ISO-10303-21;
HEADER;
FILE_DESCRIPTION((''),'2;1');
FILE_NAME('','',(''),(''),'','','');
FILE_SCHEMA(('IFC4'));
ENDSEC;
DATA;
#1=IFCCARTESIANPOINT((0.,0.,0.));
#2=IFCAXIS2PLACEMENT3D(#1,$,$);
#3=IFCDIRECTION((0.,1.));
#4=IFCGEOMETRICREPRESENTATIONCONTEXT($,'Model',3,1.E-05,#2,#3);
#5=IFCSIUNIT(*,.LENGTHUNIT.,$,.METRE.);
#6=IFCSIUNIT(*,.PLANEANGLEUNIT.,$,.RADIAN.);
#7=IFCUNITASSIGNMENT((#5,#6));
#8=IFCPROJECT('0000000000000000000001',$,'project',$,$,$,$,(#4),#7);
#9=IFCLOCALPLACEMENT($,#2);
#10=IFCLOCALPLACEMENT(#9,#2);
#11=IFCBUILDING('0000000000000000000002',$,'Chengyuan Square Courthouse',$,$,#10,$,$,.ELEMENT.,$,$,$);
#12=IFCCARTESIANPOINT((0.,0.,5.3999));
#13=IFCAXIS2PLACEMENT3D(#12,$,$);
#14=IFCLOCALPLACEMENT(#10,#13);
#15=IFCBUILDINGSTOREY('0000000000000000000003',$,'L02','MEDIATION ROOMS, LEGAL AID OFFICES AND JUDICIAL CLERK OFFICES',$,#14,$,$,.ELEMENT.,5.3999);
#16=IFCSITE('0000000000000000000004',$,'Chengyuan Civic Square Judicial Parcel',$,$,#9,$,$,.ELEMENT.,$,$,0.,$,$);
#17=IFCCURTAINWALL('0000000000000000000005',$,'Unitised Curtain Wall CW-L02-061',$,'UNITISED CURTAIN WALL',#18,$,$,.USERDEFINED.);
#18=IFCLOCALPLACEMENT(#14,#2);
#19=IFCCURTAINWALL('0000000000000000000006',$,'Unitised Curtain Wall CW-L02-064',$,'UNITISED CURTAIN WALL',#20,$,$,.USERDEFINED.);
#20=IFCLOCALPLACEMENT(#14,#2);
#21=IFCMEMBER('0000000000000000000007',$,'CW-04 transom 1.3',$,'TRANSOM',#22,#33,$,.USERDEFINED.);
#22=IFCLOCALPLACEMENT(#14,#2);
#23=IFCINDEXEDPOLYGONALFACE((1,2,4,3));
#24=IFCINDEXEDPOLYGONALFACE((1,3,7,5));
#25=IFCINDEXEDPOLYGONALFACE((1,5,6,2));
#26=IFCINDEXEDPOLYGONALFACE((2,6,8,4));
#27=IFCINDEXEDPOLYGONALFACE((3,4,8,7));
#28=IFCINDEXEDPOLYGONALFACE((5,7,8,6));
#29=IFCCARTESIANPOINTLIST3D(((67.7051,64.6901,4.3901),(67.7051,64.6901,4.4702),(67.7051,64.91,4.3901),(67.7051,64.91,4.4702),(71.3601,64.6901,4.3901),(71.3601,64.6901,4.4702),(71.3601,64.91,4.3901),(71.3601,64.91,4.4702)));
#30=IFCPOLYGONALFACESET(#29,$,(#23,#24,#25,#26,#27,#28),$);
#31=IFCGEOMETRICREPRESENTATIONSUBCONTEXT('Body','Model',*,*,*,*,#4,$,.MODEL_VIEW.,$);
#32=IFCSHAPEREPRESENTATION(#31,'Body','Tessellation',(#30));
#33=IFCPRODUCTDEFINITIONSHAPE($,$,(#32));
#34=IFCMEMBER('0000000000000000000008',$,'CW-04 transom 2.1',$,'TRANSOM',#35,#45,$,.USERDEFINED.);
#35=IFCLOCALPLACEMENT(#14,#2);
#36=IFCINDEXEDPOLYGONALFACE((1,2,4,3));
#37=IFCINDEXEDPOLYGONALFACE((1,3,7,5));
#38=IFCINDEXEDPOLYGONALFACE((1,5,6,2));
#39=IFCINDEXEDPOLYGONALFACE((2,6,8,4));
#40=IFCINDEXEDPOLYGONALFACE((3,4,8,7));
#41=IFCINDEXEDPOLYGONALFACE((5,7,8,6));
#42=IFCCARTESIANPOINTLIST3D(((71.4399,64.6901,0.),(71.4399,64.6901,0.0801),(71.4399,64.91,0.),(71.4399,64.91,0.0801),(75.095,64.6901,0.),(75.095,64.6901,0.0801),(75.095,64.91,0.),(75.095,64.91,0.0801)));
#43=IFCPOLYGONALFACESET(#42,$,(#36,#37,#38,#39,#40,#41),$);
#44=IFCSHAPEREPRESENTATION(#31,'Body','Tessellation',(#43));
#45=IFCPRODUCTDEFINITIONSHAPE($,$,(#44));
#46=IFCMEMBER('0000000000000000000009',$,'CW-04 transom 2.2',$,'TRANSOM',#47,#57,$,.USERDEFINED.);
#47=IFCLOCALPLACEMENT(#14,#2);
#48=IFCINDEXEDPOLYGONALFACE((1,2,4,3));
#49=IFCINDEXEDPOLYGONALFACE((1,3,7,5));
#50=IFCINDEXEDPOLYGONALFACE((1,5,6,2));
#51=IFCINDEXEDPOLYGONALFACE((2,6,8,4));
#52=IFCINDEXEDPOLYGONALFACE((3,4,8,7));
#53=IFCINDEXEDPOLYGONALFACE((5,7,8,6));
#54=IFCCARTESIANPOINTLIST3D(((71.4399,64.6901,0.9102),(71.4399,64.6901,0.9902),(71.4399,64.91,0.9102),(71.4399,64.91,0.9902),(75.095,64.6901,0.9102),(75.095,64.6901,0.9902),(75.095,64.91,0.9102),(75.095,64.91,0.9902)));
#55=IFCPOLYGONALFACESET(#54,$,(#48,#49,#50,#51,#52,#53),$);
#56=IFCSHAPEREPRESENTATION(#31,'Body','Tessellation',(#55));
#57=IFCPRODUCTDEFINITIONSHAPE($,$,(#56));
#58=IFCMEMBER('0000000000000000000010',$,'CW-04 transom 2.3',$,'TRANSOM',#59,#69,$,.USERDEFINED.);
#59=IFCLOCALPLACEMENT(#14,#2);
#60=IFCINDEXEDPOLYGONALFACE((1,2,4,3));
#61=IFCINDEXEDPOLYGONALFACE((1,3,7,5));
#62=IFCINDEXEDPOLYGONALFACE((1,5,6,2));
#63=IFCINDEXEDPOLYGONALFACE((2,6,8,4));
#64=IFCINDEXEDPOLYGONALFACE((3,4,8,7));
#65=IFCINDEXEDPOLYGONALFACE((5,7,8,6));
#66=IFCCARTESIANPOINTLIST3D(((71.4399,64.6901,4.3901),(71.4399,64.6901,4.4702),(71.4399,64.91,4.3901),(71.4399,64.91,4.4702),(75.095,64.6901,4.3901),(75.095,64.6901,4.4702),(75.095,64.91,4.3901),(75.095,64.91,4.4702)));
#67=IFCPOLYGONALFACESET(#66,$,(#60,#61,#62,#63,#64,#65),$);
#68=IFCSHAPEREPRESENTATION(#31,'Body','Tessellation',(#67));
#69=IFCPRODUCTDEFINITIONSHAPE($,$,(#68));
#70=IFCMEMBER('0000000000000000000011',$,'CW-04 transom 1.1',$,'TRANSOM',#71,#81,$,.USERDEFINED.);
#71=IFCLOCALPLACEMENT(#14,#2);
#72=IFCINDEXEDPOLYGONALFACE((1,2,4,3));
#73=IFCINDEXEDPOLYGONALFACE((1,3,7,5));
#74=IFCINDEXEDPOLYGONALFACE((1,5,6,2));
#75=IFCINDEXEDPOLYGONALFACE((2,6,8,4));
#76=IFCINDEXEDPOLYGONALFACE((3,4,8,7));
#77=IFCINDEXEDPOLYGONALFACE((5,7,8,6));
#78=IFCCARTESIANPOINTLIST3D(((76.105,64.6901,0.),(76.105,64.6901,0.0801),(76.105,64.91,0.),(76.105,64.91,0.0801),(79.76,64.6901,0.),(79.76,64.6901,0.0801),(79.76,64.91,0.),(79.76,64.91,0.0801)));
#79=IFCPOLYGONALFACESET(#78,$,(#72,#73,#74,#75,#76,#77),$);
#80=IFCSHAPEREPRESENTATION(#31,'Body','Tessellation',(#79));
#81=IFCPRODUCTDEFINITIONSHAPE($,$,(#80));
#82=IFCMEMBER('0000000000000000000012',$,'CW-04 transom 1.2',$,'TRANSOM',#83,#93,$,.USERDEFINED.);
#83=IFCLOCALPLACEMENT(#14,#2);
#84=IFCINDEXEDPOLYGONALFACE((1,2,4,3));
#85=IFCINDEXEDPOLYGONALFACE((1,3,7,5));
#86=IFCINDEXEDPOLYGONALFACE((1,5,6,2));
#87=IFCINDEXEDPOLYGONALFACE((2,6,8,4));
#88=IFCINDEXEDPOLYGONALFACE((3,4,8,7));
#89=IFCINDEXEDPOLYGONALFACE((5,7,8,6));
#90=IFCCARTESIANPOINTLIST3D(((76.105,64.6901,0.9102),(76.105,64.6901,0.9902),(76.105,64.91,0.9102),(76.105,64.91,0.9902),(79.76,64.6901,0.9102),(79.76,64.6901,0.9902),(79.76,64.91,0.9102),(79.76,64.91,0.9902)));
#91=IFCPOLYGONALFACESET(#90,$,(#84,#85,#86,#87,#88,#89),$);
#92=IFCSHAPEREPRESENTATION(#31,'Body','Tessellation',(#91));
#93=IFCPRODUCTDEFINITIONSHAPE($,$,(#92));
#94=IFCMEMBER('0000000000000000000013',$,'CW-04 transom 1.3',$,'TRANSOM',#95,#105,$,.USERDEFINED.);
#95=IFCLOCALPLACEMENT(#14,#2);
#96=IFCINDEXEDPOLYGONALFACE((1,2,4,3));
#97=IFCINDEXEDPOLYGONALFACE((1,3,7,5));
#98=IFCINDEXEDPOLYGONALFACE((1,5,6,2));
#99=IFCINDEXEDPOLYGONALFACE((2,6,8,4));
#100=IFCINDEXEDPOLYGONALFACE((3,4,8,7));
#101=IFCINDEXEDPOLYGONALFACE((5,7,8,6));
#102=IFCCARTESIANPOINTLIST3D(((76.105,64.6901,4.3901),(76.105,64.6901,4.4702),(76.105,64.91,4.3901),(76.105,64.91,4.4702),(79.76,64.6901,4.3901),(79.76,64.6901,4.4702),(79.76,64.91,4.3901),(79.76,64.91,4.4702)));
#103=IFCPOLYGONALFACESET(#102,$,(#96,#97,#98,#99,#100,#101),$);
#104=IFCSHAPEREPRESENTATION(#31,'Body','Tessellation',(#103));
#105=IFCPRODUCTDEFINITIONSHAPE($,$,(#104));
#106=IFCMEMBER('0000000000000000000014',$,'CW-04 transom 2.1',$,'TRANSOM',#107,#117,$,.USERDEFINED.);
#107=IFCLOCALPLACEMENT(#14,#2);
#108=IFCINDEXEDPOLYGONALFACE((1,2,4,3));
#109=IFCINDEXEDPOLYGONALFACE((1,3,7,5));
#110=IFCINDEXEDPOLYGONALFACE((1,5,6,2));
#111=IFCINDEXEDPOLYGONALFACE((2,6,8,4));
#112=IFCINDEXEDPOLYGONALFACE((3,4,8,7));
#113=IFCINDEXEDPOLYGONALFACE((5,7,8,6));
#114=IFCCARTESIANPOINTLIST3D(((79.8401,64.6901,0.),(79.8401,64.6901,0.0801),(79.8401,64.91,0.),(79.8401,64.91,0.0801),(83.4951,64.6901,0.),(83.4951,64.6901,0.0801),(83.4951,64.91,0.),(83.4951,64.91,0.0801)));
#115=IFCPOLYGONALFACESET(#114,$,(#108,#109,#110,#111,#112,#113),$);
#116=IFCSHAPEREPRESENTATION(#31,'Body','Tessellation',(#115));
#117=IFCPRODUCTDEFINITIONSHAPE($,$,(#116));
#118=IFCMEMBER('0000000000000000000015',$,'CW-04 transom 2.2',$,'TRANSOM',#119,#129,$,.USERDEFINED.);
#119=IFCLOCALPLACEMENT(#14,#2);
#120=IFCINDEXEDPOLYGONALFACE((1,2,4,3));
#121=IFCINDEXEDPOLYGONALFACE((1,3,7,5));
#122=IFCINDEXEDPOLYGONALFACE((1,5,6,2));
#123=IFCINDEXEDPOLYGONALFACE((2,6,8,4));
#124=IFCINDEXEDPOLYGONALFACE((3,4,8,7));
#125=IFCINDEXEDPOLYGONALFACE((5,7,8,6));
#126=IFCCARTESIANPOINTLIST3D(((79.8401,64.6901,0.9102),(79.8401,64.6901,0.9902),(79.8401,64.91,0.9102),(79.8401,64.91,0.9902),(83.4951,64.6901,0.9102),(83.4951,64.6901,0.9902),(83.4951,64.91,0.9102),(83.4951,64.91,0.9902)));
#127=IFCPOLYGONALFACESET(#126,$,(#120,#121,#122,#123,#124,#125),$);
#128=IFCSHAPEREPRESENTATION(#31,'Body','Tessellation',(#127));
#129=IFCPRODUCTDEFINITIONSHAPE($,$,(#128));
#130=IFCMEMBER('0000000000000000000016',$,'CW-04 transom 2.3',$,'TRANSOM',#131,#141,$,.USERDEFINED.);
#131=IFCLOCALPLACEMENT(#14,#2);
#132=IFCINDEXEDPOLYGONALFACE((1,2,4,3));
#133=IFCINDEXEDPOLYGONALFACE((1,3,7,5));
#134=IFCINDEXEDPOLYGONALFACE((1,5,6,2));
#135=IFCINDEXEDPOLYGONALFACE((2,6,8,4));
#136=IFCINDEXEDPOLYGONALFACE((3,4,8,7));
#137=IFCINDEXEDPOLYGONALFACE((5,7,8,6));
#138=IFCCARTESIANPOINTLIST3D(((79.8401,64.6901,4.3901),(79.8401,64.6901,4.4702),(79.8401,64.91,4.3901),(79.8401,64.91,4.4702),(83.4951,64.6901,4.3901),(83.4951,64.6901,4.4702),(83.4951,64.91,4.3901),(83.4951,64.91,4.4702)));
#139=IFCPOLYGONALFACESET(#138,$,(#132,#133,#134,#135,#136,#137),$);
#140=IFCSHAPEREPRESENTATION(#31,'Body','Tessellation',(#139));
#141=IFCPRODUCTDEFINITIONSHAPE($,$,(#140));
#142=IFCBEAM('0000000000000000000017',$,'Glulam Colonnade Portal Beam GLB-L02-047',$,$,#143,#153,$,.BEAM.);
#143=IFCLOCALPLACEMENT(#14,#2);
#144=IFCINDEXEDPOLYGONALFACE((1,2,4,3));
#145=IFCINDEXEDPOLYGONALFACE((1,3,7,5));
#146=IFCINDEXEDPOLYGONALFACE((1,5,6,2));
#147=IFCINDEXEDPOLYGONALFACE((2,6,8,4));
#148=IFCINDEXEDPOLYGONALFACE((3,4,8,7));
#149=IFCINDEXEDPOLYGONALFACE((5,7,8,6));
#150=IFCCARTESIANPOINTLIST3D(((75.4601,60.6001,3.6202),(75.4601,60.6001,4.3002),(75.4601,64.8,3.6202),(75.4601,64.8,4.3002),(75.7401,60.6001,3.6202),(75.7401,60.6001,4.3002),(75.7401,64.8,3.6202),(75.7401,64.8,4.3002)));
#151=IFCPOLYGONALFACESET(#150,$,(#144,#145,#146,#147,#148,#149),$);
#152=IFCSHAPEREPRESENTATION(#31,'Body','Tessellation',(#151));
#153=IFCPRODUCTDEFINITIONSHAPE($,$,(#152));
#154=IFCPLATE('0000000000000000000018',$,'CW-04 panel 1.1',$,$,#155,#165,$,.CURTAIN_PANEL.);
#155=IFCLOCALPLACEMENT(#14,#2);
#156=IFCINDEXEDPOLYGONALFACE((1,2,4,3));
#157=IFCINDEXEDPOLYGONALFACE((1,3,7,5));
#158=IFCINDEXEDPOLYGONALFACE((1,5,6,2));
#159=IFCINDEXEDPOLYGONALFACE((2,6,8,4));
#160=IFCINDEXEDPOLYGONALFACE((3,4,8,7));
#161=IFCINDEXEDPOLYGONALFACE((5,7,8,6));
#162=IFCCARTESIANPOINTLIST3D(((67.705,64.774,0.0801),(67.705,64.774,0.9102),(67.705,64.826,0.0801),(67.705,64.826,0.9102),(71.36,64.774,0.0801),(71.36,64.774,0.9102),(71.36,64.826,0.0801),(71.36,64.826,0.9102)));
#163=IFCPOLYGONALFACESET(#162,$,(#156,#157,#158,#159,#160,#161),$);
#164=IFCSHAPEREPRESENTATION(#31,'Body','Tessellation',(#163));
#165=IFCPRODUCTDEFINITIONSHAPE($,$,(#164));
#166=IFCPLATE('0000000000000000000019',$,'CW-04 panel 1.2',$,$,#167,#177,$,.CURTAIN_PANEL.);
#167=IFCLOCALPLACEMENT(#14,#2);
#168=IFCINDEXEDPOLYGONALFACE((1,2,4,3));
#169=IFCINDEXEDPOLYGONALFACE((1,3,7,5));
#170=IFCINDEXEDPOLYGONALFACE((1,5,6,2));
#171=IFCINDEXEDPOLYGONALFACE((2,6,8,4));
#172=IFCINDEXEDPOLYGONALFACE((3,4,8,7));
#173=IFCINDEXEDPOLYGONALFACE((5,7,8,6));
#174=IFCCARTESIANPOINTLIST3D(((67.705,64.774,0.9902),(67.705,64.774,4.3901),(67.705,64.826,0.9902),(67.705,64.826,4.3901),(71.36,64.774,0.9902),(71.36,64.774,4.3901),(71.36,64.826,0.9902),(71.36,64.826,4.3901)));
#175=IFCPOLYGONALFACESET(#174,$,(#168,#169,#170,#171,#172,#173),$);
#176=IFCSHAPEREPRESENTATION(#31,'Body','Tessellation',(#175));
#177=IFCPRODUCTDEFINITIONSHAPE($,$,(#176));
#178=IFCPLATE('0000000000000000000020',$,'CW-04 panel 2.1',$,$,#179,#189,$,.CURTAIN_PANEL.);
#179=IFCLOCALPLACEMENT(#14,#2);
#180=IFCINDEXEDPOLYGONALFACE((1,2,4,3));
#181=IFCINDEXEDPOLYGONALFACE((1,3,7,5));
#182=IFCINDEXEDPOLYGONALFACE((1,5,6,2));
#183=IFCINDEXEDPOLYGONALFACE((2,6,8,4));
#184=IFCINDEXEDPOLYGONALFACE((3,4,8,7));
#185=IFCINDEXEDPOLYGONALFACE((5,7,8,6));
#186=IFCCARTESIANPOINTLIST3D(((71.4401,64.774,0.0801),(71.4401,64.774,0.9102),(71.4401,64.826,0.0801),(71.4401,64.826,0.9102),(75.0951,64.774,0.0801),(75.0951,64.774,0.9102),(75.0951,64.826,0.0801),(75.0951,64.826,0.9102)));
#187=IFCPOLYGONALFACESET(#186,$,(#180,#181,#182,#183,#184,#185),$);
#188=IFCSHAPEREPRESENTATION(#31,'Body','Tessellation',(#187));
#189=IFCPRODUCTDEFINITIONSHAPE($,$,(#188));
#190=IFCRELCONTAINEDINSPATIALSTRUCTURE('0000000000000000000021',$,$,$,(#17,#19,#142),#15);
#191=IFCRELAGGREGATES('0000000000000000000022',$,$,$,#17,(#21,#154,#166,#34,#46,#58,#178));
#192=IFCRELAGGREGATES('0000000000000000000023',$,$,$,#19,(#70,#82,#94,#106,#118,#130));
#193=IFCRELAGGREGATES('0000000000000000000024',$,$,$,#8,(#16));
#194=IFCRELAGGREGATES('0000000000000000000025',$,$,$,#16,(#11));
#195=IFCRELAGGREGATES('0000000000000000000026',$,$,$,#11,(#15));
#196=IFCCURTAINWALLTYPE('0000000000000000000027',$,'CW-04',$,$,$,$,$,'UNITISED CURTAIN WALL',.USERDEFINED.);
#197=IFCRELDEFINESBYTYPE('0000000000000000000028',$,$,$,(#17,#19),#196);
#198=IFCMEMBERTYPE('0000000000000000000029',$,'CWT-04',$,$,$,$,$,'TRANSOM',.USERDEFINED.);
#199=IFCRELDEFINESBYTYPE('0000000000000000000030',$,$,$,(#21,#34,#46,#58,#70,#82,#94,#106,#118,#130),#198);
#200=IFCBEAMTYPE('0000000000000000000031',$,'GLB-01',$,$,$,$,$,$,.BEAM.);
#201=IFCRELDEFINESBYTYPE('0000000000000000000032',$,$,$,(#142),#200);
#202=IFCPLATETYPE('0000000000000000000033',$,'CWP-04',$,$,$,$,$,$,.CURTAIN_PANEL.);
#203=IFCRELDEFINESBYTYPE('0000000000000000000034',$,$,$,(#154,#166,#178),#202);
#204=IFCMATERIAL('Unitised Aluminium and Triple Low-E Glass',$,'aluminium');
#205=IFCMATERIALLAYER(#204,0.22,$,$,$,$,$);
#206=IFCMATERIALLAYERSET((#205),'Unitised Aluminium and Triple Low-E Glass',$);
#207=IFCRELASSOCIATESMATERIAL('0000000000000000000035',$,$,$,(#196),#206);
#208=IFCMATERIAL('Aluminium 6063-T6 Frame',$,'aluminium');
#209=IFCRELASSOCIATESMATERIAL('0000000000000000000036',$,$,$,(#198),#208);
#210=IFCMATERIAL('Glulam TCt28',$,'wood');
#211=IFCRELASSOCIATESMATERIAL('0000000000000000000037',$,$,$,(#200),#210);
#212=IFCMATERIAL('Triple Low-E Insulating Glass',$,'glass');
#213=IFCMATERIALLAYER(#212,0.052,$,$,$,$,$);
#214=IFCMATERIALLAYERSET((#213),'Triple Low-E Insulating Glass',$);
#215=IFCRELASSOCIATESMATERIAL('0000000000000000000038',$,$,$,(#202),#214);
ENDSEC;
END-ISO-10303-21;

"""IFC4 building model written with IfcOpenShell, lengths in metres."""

from ifc_helpers import new_model, si_unit, direction, frame, origin, origin_2d, place, context, subcontext, project, spatial, rectangle, extrude, material, layer, layer_set, material_profile, profile_set, type_object, element, aggregate, save


model = new_model("IFC4")

# Units and contexts
model_context = context("Model", 3, precision=1e-05, world=origin(), true_north=direction((0.0, 1.0)))
body_context = subcontext(model_context, "Body", "Model", "MODEL_VIEW")
ifc_project = project(units=[si_unit("LENGTHUNIT", "METRE"), si_unit("PLANEANGLEUNIT", "RADIAN")], contexts=[model_context])

# Site, building, storey
site_placement = place(None, origin())
site = spatial("IfcSite", under=ifc_project, at=site_placement, Name="Chengyuan Civic Square Judicial Parcel", CompositionType="ELEMENT", RefElevation=0.0)
building_placement = place(site_placement, origin())
building = spatial("IfcBuilding", under=site, at=building_placement, Name="Chengyuan Square Courthouse", CompositionType="ELEMENT")
storey_placement = place(building_placement, frame((0.0, 0.0, 5.3999)))
storey = spatial("IfcBuildingStorey", under=building, at=storey_placement, Name="L02", Description="MEDIATION ROOMS, LEGAL AID OFFICES AND JUDICIAL CLERK OFFICES", CompositionType="ELEMENT", Elevation=5.3999)

# Shared definitions
ifc_material_1 = material(Name="Unitised Aluminium and Triple Low-E Glass", Category="aluminium")
ifc_material_2 = material(Name="Aluminium 6063-T6 Frame", Category="aluminium")

# Curtain walls
ifc_layer_1 = layer(ifc_material_1, 0.22)
ifc_layer_set_1 = layer_set([ifc_layer_1], Name="Unitised Aluminium and Triple Low-E Glass")
curtain_wall_type_1 = type_object("IfcCurtainWallType", Name="CW-04", ElementType="UNITISED CURTAIN WALL", PredefinedType="USERDEFINED", material=ifc_layer_set_1)
curtain_wall_1_placement = place(storey_placement, origin())
curtain_wall_1 = element("IfcCurtainWall", 1, at=curtain_wall_1_placement, inside=storey, type_object=curtain_wall_type_1, Name="Unitised Curtain Wall CW-L02-061", ObjectType="UNITISED CURTAIN WALL", PredefinedType="USERDEFINED")
curtain_wall_2_placement = place(storey_placement, origin())
curtain_wall_2 = element("IfcCurtainWall", 2, at=curtain_wall_2_placement, inside=storey, type_object=curtain_wall_type_1, Name="Unitised Curtain Wall CW-L02-064", ObjectType="UNITISED CURTAIN WALL", PredefinedType="USERDEFINED")

# Members
ifc_material_profile_1 = material_profile(ifc_material_2, rectangle(XDim=0.22, YDim=0.0801, at=origin_2d()), Name="CW-TRN-80x180")
ifc_profile_set_1 = profile_set([ifc_material_profile_1], Name="Aluminium 6063-T6 Frame")
member_type_1 = type_object("IfcMemberType", Name="CWT-04", ElementType="TRANSOM", PredefinedType="USERDEFINED", material=ifc_profile_set_1)
member_1_placement = place(storey_placement, frame((67.7051, 64.8, 4.4302), z_axis=(1.0, 0.0, 0.0), x_axis=(0.0, 1.0, 0.0)))
member_1 = element("IfcMember", 3, at=member_1_placement, type_object=member_type_1, Name="CW-04 transom 1.3", ObjectType="TRANSOM", PredefinedType="USERDEFINED", context=body_context, shape_type="SweptSolid", body=[
    extrude(rectangle(XDim=0.22, YDim=0.0801, at=origin_2d()), origin(), (0.0, 0.0, 1.0), 3.655),
])
member_2_placement = place(storey_placement, frame((71.4399, 64.8, 0.04), z_axis=(1.0, 0.0, 0.0), x_axis=(0.0, 1.0, 0.0)))
member_2 = element("IfcMember", 4, at=member_2_placement, type_object=member_type_1, Name="CW-04 transom 2.1", ObjectType="TRANSOM", PredefinedType="USERDEFINED", context=body_context, shape_type="SweptSolid", body=[
    extrude(rectangle(XDim=0.22, YDim=0.0801, at=origin_2d()), origin(), (0.0, 0.0, 1.0), 3.655),
])
member_3_placement = place(storey_placement, frame((71.4399, 64.8, 0.9502), z_axis=(1.0, 0.0, 0.0), x_axis=(0.0, 1.0, 0.0)))
member_3 = element("IfcMember", 5, at=member_3_placement, type_object=member_type_1, Name="CW-04 transom 2.2", ObjectType="TRANSOM", PredefinedType="USERDEFINED", context=body_context, shape_type="SweptSolid", body=[
    extrude(rectangle(XDim=0.22, YDim=0.0801, at=origin_2d()), origin(), (0.0, 0.0, 1.0), 3.655),
])
member_4_placement = place(storey_placement, frame((71.4399, 64.8, 4.4302), z_axis=(1.0, 0.0, 0.0), x_axis=(0.0, 1.0, 0.0)))
member_4 = element("IfcMember", 6, at=member_4_placement, type_object=member_type_1, Name="CW-04 transom 2.3", ObjectType="TRANSOM", PredefinedType="USERDEFINED", context=body_context, shape_type="SweptSolid", body=[
    extrude(rectangle(XDim=0.22, YDim=0.0801, at=origin_2d()), origin(), (0.0, 0.0, 1.0), 3.655),
])
member_5_placement = place(storey_placement, frame((76.105, 64.8, 0.04), z_axis=(1.0, 0.0, 0.0), x_axis=(0.0, 1.0, 0.0)))
member_5 = element("IfcMember", 7, at=member_5_placement, type_object=member_type_1, Name="CW-04 transom 1.1", ObjectType="TRANSOM", PredefinedType="USERDEFINED", context=body_context, shape_type="SweptSolid", body=[
    extrude(rectangle(XDim=0.22, YDim=0.0801, at=origin_2d()), origin(), (0.0, 0.0, 1.0), 3.655),
])
member_6_placement = place(storey_placement, frame((76.105, 64.8, 0.9502), z_axis=(1.0, 0.0, 0.0), x_axis=(0.0, 1.0, 0.0)))
member_6 = element("IfcMember", 8, at=member_6_placement, type_object=member_type_1, Name="CW-04 transom 1.2", ObjectType="TRANSOM", PredefinedType="USERDEFINED", context=body_context, shape_type="SweptSolid", body=[
    extrude(rectangle(XDim=0.22, YDim=0.0801, at=origin_2d()), origin(), (0.0, 0.0, 1.0), 3.655),
])
member_7_placement = place(storey_placement, frame((76.105, 64.8, 4.4302), z_axis=(1.0, 0.0, 0.0), x_axis=(0.0, 1.0, 0.0)))
member_7 = element("IfcMember", 9, at=member_7_placement, type_object=member_type_1, Name="CW-04 transom 1.3", ObjectType="TRANSOM", PredefinedType="USERDEFINED", context=body_context, shape_type="SweptSolid", body=[
    extrude(rectangle(XDim=0.22, YDim=0.0801, at=origin_2d()), origin(), (0.0, 0.0, 1.0), 3.655),
])
member_8_placement = place(storey_placement, frame((79.8401, 64.8, 0.04), z_axis=(1.0, 0.0, 0.0), x_axis=(0.0, 1.0, 0.0)))
member_8 = element("IfcMember", 10, at=member_8_placement, type_object=member_type_1, Name="CW-04 transom 2.1", ObjectType="TRANSOM", PredefinedType="USERDEFINED", context=body_context, shape_type="SweptSolid", body=[
    extrude(rectangle(XDim=0.22, YDim=0.0801, at=origin_2d()), origin(), (0.0, 0.0, 1.0), 3.655),
])
member_9_placement = place(storey_placement, frame((79.8401, 64.8, 0.9502), z_axis=(1.0, 0.0, 0.0), x_axis=(0.0, 1.0, 0.0)))
member_9 = element("IfcMember", 11, at=member_9_placement, type_object=member_type_1, Name="CW-04 transom 2.2", ObjectType="TRANSOM", PredefinedType="USERDEFINED", context=body_context, shape_type="SweptSolid", body=[
    extrude(rectangle(XDim=0.22, YDim=0.0801, at=origin_2d()), origin(), (0.0, 0.0, 1.0), 3.655),
])
member_10_placement = place(storey_placement, frame((79.8401, 64.8, 4.4302), z_axis=(1.0, 0.0, 0.0), x_axis=(0.0, 1.0, 0.0)))
member_10 = element("IfcMember", 12, at=member_10_placement, type_object=member_type_1, Name="CW-04 transom 2.3", ObjectType="TRANSOM", PredefinedType="USERDEFINED", context=body_context, shape_type="SweptSolid", body=[
    extrude(rectangle(XDim=0.22, YDim=0.0801, at=origin_2d()), origin(), (0.0, 0.0, 1.0), 3.655),
])

# Beam
ifc_material_3 = material(Name="Glulam TCt28", Category="wood")
ifc_material_profile_2 = material_profile(ifc_material_3, rectangle(XDim=0.28, YDim=0.6799, at=origin_2d()), Name="GL-BM-280x680")
ifc_profile_set_2 = profile_set([ifc_material_profile_2], Name="Glulam TCt28")
beam_type_1 = type_object("IfcBeamType", Name="GLB-01", PredefinedType="BEAM", material=ifc_profile_set_2)
beam_1_placement = place(storey_placement, frame((75.6001, 64.8, 3.9602), z_axis=(0.0, -1.0, 0.0), x_axis=(1.0, 0.0, 0.0)))
element("IfcBeam", 13, at=beam_1_placement, inside=storey, type_object=beam_type_1, Name="Glulam Colonnade Portal Beam GLB-L02-047", PredefinedType="BEAM", context=body_context, shape_type="SweptSolid", body=[
    extrude(rectangle(XDim=0.28, YDim=0.6799, at=origin_2d()), origin(), (0.0, 0.0, 1.0), 4.2),
])

# Plates
ifc_material_4 = material(Name="Triple Low-E Insulating Glass", Category="glass")
ifc_layer_2 = layer(ifc_material_4, 0.052)
ifc_layer_set_2 = layer_set([ifc_layer_2], Name="Triple Low-E Insulating Glass")
plate_type = type_object("IfcPlateType", Name="CWP-04", PredefinedType="CURTAIN_PANEL", material=ifc_layer_set_2)
plate_1_placement = place(storey_placement, frame((69.5325, 64.8, 0.0801), z_axis=(0.0, 0.0, 1.0), x_axis=(1.0, 0.0, 0.0)))
plate_1 = element("IfcPlate", 14, at=plate_1_placement, type_object=plate_type, Name="CW-04 panel 1.1", PredefinedType="CURTAIN_PANEL", context=body_context, shape_type="SweptSolid", body=[
    extrude(rectangle(XDim=3.655, YDim=0.052, at=origin_2d()), origin(), (0.0, 0.0, 1.0), 0.8301),
])
plate_2_placement = place(storey_placement, frame((69.5325, 64.8, 0.9902), z_axis=(0.0, 0.0, 1.0), x_axis=(1.0, 0.0, 0.0)))
plate_2 = element("IfcPlate", 15, at=plate_2_placement, type_object=plate_type, Name="CW-04 panel 1.2", PredefinedType="CURTAIN_PANEL", context=body_context, shape_type="SweptSolid", body=[
    extrude(rectangle(XDim=3.655, YDim=0.052, at=origin_2d()), origin(), (0.0, 0.0, 1.0), 3.3999),
])
plate_3_placement = place(storey_placement, frame((73.2676, 64.8, 0.0801), z_axis=(0.0, 0.0, 1.0), x_axis=(1.0, 0.0, 0.0)))
plate_3 = element("IfcPlate", 16, at=plate_3_placement, type_object=plate_type, Name="CW-04 panel 2.1", PredefinedType="CURTAIN_PANEL", context=body_context, shape_type="SweptSolid", body=[
    extrude(rectangle(XDim=3.655, YDim=0.052, at=origin_2d()), origin(), (0.0, 0.0, 1.0), 0.8301),
])
aggregate(curtain_wall_1, [member_1, plate_1, plate_2, member_2, member_3, member_4, plate_3])
aggregate(curtain_wall_2, [member_5, member_6, member_7, member_8, member_9, member_10])

save(model, "model.ifc")
